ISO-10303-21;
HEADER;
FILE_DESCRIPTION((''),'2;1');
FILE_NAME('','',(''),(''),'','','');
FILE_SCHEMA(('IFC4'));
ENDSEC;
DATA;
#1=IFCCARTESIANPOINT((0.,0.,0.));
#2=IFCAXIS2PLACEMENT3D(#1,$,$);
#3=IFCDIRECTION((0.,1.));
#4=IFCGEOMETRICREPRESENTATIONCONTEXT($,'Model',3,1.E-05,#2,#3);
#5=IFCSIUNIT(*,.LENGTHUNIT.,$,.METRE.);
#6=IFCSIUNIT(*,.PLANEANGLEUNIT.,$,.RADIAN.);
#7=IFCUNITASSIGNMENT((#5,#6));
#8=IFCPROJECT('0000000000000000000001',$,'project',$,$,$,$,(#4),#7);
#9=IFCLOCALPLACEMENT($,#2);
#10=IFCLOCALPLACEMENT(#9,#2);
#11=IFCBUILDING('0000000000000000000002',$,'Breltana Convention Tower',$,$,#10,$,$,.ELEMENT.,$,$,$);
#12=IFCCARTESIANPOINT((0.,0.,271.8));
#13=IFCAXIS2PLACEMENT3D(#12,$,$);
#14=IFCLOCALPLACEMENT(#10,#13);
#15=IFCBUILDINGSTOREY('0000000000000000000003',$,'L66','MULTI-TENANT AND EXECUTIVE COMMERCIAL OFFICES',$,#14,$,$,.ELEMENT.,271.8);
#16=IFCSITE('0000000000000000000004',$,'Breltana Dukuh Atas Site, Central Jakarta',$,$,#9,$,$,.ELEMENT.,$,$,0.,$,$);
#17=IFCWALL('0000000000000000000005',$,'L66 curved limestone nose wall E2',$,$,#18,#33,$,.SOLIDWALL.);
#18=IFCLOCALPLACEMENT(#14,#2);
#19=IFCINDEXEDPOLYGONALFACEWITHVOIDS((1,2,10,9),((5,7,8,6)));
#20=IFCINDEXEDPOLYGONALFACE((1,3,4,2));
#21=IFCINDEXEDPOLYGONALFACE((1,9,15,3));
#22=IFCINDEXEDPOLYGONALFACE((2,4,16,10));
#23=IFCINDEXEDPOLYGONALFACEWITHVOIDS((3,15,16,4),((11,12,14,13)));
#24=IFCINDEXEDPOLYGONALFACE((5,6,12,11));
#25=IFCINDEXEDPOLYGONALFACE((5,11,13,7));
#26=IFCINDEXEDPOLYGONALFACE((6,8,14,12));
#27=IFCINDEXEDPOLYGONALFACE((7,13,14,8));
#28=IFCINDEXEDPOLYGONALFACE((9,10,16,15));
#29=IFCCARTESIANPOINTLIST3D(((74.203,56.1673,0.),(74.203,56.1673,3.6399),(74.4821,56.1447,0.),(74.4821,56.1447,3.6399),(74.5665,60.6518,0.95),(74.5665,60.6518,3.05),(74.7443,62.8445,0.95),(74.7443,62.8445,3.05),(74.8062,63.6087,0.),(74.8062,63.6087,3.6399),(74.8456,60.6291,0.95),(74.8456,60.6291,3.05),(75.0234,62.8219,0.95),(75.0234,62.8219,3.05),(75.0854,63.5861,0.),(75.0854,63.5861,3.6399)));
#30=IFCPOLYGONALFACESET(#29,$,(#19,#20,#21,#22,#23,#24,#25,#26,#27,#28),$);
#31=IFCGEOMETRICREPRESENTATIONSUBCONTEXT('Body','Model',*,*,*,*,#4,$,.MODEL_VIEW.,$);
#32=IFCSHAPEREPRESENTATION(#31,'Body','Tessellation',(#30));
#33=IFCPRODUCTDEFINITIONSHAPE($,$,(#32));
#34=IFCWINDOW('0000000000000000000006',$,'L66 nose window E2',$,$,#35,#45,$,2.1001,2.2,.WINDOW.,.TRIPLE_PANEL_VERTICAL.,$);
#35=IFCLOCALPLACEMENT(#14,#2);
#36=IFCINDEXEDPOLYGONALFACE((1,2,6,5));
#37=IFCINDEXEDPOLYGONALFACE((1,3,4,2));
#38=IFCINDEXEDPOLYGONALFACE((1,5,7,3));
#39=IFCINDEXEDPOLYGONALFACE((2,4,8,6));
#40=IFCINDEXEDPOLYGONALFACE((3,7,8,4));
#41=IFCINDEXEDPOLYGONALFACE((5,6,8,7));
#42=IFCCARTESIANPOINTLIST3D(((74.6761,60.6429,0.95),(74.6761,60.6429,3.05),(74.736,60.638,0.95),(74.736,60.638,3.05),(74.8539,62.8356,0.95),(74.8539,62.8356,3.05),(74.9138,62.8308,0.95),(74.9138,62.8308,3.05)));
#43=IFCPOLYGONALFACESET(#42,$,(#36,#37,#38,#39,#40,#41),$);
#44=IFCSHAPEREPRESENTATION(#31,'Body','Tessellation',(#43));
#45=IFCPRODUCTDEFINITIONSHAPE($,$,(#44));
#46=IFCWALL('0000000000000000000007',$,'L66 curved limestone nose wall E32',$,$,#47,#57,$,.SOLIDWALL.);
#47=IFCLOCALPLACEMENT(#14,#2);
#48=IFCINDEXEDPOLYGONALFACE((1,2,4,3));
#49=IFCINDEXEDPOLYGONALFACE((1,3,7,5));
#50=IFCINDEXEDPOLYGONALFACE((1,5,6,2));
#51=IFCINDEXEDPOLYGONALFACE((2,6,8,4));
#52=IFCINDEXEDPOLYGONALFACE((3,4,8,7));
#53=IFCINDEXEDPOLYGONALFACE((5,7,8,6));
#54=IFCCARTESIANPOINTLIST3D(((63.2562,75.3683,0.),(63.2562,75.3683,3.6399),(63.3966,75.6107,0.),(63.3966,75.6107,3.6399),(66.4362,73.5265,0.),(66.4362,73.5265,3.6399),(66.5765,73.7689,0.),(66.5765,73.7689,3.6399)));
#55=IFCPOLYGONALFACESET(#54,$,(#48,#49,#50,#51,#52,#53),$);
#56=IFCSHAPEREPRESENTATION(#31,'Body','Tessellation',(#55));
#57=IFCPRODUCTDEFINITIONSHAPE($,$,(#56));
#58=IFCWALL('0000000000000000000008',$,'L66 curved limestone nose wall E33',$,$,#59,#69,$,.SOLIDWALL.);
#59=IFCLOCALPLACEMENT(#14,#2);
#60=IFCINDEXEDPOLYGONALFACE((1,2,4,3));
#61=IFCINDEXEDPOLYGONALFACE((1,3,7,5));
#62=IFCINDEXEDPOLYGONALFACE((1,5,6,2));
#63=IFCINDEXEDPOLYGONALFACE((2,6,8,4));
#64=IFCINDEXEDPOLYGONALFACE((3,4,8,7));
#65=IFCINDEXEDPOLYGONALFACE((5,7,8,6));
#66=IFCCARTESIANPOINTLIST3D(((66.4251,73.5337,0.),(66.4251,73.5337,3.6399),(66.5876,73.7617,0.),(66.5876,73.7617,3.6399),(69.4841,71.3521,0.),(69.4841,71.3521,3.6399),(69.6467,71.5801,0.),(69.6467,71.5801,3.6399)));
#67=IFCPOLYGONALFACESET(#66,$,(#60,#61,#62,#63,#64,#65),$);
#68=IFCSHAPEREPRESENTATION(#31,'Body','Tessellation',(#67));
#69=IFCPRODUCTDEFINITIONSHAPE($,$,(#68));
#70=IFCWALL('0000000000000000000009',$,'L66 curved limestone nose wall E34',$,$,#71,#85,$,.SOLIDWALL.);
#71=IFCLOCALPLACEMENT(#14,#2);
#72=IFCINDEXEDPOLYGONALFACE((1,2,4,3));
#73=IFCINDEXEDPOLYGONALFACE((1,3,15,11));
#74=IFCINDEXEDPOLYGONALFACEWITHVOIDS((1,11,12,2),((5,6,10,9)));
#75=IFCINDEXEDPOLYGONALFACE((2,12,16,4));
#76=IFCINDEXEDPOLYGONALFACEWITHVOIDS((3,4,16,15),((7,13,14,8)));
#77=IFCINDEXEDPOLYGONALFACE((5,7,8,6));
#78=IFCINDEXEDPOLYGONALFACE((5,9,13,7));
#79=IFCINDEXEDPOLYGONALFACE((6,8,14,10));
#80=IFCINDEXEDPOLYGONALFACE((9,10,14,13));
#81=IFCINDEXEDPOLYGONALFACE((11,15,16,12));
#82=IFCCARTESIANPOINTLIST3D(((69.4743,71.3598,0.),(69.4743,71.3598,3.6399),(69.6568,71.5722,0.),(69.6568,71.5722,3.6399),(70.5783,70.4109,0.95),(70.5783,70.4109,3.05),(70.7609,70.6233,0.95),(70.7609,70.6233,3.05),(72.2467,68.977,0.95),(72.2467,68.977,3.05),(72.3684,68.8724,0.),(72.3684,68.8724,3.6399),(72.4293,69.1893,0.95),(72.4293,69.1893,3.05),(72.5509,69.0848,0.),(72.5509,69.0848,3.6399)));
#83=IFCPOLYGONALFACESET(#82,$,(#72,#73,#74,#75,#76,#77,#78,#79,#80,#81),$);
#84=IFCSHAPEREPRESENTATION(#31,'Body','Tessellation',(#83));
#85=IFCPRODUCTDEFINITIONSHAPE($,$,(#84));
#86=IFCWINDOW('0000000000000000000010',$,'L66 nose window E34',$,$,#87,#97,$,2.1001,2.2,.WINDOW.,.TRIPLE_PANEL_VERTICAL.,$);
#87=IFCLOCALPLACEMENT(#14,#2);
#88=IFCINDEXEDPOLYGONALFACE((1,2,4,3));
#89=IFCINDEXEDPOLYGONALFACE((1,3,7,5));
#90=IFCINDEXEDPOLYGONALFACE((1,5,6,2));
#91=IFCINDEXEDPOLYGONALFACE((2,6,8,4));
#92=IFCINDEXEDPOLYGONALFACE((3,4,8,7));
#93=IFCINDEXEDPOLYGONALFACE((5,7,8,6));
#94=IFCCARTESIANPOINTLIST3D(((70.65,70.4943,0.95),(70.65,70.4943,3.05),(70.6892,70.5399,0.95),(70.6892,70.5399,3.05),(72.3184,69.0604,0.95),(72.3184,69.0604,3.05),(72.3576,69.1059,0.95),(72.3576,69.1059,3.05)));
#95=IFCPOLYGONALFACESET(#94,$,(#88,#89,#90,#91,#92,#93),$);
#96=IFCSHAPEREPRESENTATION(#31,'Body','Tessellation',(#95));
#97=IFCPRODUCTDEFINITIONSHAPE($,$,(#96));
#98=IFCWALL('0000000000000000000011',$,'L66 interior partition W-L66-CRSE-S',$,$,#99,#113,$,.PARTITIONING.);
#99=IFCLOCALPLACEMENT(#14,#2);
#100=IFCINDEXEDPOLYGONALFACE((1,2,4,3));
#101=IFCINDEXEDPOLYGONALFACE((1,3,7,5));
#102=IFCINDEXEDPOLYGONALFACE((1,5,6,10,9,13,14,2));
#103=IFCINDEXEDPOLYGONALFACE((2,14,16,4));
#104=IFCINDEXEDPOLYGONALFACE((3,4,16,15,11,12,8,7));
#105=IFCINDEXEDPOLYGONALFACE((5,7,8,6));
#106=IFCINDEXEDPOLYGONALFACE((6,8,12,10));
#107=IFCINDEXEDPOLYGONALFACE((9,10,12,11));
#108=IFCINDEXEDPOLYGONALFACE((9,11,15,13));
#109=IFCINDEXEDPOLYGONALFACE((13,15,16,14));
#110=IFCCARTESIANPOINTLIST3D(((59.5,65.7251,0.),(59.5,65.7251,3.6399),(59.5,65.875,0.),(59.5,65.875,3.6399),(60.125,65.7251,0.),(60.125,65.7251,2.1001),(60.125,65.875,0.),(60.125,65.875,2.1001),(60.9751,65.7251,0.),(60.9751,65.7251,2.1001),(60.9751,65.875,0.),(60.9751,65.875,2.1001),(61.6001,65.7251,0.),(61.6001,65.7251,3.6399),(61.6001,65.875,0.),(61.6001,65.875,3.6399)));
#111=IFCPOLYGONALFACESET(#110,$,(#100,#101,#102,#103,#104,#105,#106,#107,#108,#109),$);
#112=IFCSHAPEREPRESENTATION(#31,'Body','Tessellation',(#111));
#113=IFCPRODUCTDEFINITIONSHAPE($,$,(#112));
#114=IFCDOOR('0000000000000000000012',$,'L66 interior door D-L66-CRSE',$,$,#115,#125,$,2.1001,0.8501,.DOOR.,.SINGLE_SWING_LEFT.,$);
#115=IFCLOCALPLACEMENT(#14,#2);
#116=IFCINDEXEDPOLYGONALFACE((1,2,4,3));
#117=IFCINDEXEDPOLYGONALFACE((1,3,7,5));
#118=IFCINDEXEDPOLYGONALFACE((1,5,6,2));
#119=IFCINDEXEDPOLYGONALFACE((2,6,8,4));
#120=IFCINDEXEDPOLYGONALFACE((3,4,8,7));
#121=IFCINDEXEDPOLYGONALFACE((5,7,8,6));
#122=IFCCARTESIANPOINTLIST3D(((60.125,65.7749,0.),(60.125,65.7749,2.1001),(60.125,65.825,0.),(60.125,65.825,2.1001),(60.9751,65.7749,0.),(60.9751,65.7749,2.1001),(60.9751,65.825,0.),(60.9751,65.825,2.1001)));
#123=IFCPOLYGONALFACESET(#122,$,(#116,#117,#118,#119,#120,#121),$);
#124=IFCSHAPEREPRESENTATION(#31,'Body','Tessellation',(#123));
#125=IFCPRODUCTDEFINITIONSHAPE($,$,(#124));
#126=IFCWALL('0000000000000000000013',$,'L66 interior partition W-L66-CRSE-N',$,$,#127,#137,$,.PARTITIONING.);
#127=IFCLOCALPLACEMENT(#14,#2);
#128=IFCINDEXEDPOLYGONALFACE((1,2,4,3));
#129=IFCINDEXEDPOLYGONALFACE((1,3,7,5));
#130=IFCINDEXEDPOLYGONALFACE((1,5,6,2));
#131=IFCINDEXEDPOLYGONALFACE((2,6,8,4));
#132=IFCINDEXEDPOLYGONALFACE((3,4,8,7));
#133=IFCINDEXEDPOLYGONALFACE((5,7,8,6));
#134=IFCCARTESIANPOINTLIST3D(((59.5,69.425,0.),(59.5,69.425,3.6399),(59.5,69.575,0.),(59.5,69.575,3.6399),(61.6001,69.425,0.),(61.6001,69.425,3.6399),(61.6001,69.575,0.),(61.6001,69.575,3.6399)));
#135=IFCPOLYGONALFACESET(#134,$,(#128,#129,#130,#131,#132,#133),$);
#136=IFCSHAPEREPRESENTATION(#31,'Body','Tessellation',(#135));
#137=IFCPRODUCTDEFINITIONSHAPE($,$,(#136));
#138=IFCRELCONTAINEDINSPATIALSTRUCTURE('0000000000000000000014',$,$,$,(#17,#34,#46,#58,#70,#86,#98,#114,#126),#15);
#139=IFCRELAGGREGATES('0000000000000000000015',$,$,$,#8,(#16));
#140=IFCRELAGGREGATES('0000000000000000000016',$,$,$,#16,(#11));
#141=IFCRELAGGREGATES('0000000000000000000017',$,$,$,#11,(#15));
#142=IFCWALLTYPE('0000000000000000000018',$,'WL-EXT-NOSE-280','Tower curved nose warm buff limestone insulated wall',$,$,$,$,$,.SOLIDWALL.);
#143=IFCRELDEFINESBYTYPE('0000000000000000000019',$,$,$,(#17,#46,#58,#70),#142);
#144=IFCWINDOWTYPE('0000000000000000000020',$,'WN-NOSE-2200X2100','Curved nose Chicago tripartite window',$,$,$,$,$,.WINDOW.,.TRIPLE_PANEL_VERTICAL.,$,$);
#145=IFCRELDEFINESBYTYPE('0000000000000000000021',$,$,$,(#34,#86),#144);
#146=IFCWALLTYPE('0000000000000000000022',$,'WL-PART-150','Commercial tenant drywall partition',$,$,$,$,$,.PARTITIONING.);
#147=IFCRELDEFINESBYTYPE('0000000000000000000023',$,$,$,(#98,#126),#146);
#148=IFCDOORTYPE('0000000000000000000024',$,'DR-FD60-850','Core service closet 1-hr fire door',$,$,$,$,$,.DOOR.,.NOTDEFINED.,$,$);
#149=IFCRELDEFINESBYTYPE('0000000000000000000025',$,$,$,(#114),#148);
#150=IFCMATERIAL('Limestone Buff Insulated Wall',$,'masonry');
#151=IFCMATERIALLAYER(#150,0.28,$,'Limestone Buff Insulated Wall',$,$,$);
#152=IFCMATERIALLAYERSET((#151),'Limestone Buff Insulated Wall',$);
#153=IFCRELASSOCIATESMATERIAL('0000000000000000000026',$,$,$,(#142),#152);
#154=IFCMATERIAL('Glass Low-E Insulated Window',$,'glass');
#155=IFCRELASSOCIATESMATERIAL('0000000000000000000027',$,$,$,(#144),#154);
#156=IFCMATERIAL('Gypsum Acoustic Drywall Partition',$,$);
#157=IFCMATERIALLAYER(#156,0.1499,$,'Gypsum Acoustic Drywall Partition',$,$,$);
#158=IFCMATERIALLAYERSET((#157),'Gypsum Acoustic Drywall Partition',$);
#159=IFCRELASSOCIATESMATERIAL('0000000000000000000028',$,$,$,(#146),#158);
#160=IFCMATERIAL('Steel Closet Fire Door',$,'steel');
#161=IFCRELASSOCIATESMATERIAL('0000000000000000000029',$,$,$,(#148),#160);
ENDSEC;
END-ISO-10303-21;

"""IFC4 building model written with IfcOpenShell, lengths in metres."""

from ifc_helpers import new_model, si_unit, direction, frame, frame_2d, origin, place, context, subcontext, project, spatial, rectangle, extrude, source, transform, mapped, material, layer, layer_set, type_object, type_shapes, element, fill, save


model = new_model("IFC4")

# Units and contexts
model_context = context("Model", 3, precision=1e-05, world=origin(), true_north=direction((0.0, 1.0)))
body_context = subcontext(model_context, "Body", "Model", "MODEL_VIEW")
ifc_project = project(units=[si_unit("LENGTHUNIT", "METRE"), si_unit("PLANEANGLEUNIT", "RADIAN")], contexts=[model_context])

# Site, building, storey
site_placement = place(None, origin())
site = spatial("IfcSite", under=ifc_project, at=site_placement, Name="Breltana Dukuh Atas Site, Central Jakarta", CompositionType="ELEMENT", RefElevation=0.0)
building_placement = place(site_placement, origin())
building = spatial("IfcBuilding", under=site, at=building_placement, Name="Breltana Convention Tower", CompositionType="ELEMENT")
storey_placement = place(building_placement, frame((0.0, 0.0, 271.8)))
storey = spatial("IfcBuildingStorey", under=building, at=storey_placement, Name="L66", Description="MULTI-TENANT AND EXECUTIVE COMMERCIAL OFFICES", CompositionType="ELEMENT", Elevation=271.8)

# Wall, opening, window
ifc_material_1 = material(Name="Limestone Buff Insulated Wall", Category="masonry")
ifc_layer_1 = layer(ifc_material_1, 0.28, Name="Limestone Buff Insulated Wall")
ifc_layer_set_1 = layer_set([ifc_layer_1], Name="Limestone Buff Insulated Wall")
wall_type_1 = type_object("IfcWallType", Name="WL-EXT-NOSE-280", Description="Tower curved nose warm buff limestone insulated wall", PredefinedType="SOLIDWALL", material=ifc_layer_set_1)
ifc_material_2 = material(Name="Glass Low-E Insulated Window", Category="glass")
window_type = type_object("IfcWindowType", Name="WN-NOSE-2200X2100", Description="Curved nose Chicago tripartite window", PartitioningType="TRIPLE_PANEL_VERTICAL", PredefinedType="WINDOW", material=ifc_material_2)
shared_shape_1 = source(origin(), body_context, "Body", "SweptSolid", [
    extrude(rectangle(XDim=2.2, YDim=2.1001, at=frame_2d((1.1001, 1.05))), frame((0.0, 0.03, 0.0), z_axis=(0.0, -1.0, 0.0), x_axis=(1.0, 0.0, 0.0)), (0.0, 0.0, 1.0), 0.0601),
])
type_shapes(window_type, [shared_shape_1])
shared_shape_2 = source(origin(), body_context, "Body", "SweptSolid", [
    extrude(rectangle(XDim=7.4658, YDim=0.28, at=frame_2d((3.7329, 0.0))), origin(), (0.0, 0.0, 1.0), 3.6399),
])
wall_1_placement = place(storey_placement, frame((74.9458, 63.5974, 0.0), z_axis=(0.0, 0.0, 1.0), x_axis=(-0.080804, -0.99673, 0.0)))
wall_1 = element("IfcWall", 1, at=wall_1_placement, inside=storey, type_object=wall_type_1, Name="L66 curved limestone nose wall E2", PredefinedType="SOLIDWALL", context=body_context, shape_type="MappedRepresentation", body=[
    mapped(shared_shape_2, transform((0.0, 0.0, 0.0), scale=1.0)),
])
opening_1_placement = place(wall_1_placement, frame((0.7666, 0.0, 0.95)))
opening_1 = element("IfcOpeningElement", 2, at=opening_1_placement, cuts=wall_1, PredefinedType="OPENING", context=body_context, shape_type="SweptSolid", body=[
    extrude(rectangle(XDim=2.2, YDim=2.1001, at=frame_2d((1.1001, 1.05))), frame((0.0, 0.1499, 0.0), z_axis=(0.0, -1.0, 0.0), x_axis=(1.0, 0.0, 0.0)), (0.0, 0.0, 1.0), 0.3),
])
window_1_placement = place(opening_1_placement, origin())
window_1 = element("IfcWindow", 3, at=window_1_placement, inside=storey, type_object=window_type, Name="L66 nose window E2", OverallHeight=2.1001, OverallWidth=2.2, PartitioningType="TRIPLE_PANEL_VERTICAL", PredefinedType="WINDOW", context=body_context, shape_type="MappedRepresentation", body=[
    mapped(shared_shape_1, transform((0.0, 0.0, 0.0), scale=1.0)),
])
fill(opening_1, window_1)

# Walls
shared_shape_3 = source(origin(), body_context, "Body", "SweptSolid", [
    extrude(rectangle(XDim=3.6748, YDim=0.28, at=frame_2d((1.8374, 0.0))), origin(), (0.0, 0.0, 1.0), 3.6399),
])
wall_2_placement = place(storey_placement, frame((63.3264, 75.4895, 0.0), z_axis=(0.0, 0.0, 1.0), x_axis=(0.865334, -0.501196, 0.0)))
element("IfcWall", 4, at=wall_2_placement, inside=storey, type_object=wall_type_1, Name="L66 curved limestone nose wall E32", PredefinedType="SOLIDWALL", context=body_context, shape_type="MappedRepresentation", body=[
    mapped(shared_shape_3, transform((0.0, 0.0, 0.0), scale=1.0)),
])
shared_shape_4 = source(origin(), body_context, "Body", "SweptSolid", [
    extrude(rectangle(XDim=3.7573, YDim=0.28, at=frame_2d((1.8787, 0.0))), origin(), (0.0, 0.0, 1.0), 3.6399),
])
wall_3_placement = place(storey_placement, frame((66.5063, 73.6477, 0.0), z_axis=(0.0, 0.0, 1.0), x_axis=(0.814164, -0.580636, 0.0)))
element("IfcWall", 5, at=wall_3_placement, inside=storey, type_object=wall_type_1, Name="L66 curved limestone nose wall E33", PredefinedType="SOLIDWALL", context=body_context, shape_type="MappedRepresentation", body=[
    mapped(shared_shape_4, transform((0.0, 0.0, 0.0), scale=1.0)),
])

# Wall, opening, window
shared_shape_5 = source(origin(), body_context, "Body", "SweptSolid", [
    extrude(rectangle(XDim=3.8162, YDim=0.28, at=frame_2d((1.9082, 0.0))), origin(), (0.0, 0.0, 1.0), 3.6399),
])
wall_4_placement = place(storey_placement, frame((69.5654, 71.4661, 0.0), z_axis=(0.0, 0.0, 1.0), x_axis=(0.758389, -0.651802, 0.0)))
wall_4 = element("IfcWall", 6, at=wall_4_placement, inside=storey, type_object=wall_type_1, Name="L66 curved limestone nose wall E34", PredefinedType="SOLIDWALL", context=body_context, shape_type="MappedRepresentation", body=[
    mapped(shared_shape_5, transform((0.0, 0.0, 0.0), scale=1.0)),
])
opening_2_placement = place(wall_4_placement, frame((1.4558, 0.0, 0.95)))
opening_2 = element("IfcOpeningElement", 7, at=opening_2_placement, cuts=wall_4, PredefinedType="OPENING", context=body_context, shape_type="SweptSolid", body=[
    extrude(rectangle(XDim=2.2, YDim=2.1001, at=frame_2d((1.1001, 1.05))), frame((0.0, 0.1499, 0.0), z_axis=(0.0, -1.0, 0.0), x_axis=(1.0, 0.0, 0.0)), (0.0, 0.0, 1.0), 0.3),
])
window_2_placement = place(opening_2_placement, origin())
window_2 = element("IfcWindow", 8, at=window_2_placement, inside=storey, type_object=window_type, Name="L66 nose window E34", OverallHeight=2.1001, OverallWidth=2.2, PartitioningType="TRIPLE_PANEL_VERTICAL", PredefinedType="WINDOW", context=body_context, shape_type="MappedRepresentation", body=[
    mapped(shared_shape_1, transform((0.0, 0.0, 0.0), scale=1.0)),
])
fill(opening_2, window_2)

# Wall, opening, door
ifc_material_3 = material(Name="Gypsum Acoustic Drywall Partition")
ifc_layer_2 = layer(ifc_material_3, 0.1499, Name="Gypsum Acoustic Drywall Partition")
ifc_layer_set_2 = layer_set([ifc_layer_2], Name="Gypsum Acoustic Drywall Partition")
wall_type_2 = type_object("IfcWallType", Name="WL-PART-150", Description="Commercial tenant drywall partition", PredefinedType="PARTITIONING", material=ifc_layer_set_2)
shared_shape_6 = source(origin(), body_context, "Body", "SweptSolid", [
    extrude(rectangle(XDim=2.1001, YDim=0.1499, at=frame_2d((1.05, 0.0))), origin(), (0.0, 0.0, 1.0), 3.6399),
])
wall_5_placement = place(storey_placement, frame((59.5, 65.8, 0.0), z_axis=(0.0, 0.0, 1.0), x_axis=(1.0, 0.0, 0.0)))
wall_5 = element("IfcWall", 9, at=wall_5_placement, inside=storey, type_object=wall_type_2, Name="L66 interior partition W-L66-CRSE-S", PredefinedType="PARTITIONING", context=body_context, shape_type="MappedRepresentation", body=[
    mapped(shared_shape_6, transform((0.0, 0.0, 0.0), scale=1.0)),
])
opening_3_placement = place(wall_5_placement, frame((0.625, 0.0, 0.0)))
opening_3 = element("IfcOpeningElement", 10, at=opening_3_placement, cuts=wall_5, PredefinedType="OPENING", context=body_context, shape_type="SweptSolid", body=[
    extrude(rectangle(XDim=0.8501, YDim=2.1001, at=frame_2d((0.425, 1.05))), frame((0.0, 0.085, 0.0), z_axis=(0.0, -1.0, 0.0), x_axis=(1.0, 0.0, 0.0)), (0.0, 0.0, 1.0), 0.1699),
])
ifc_material_4 = material(Name="Steel Closet Fire Door", Category="steel")
door_type_1 = type_object("IfcDoorType", Name="DR-FD60-850", Description="Core service closet 1-hr fire door", OperationType="NOTDEFINED", PredefinedType="DOOR", material=ifc_material_4)
shared_shape_7 = source(origin(), body_context, "Body", "SweptSolid", [
    extrude(rectangle(XDim=0.8501, YDim=2.1001, at=frame_2d((0.425, 1.05))), frame((0.0, 0.0249, 0.0), z_axis=(0.0, -1.0, 0.0), x_axis=(1.0, 0.0, 0.0)), (0.0, 0.0, 1.0), 0.05),
])
type_shapes(door_type_1, [shared_shape_7])
door_1_placement = place(opening_3_placement, origin())
door_1 = element("IfcDoor", 11, at=door_1_placement, inside=storey, type_object=door_type_1, Name="L66 interior door D-L66-CRSE", OperationType="SINGLE_SWING_LEFT", OverallHeight=2.1001, OverallWidth=0.8501, PredefinedType="DOOR", context=body_context, shape_type="MappedRepresentation", body=[
    mapped(shared_shape_7, transform((0.0, 0.0, 0.0), scale=1.0)),
])
fill(opening_3, door_1)

# Wall
wall_6_placement = place(storey_placement, frame((59.5, 69.5, 0.0), z_axis=(0.0, 0.0, 1.0), x_axis=(1.0, 0.0, 0.0)))
element("IfcWall", 12, at=wall_6_placement, inside=storey, type_object=wall_type_2, Name="L66 interior partition W-L66-CRSE-N", PredefinedType="PARTITIONING", context=body_context, shape_type="MappedRepresentation", body=[
    mapped(shared_shape_6, transform((0.0, 0.0, 0.0), scale=1.0)),
])

save(model, "model.ifc")
